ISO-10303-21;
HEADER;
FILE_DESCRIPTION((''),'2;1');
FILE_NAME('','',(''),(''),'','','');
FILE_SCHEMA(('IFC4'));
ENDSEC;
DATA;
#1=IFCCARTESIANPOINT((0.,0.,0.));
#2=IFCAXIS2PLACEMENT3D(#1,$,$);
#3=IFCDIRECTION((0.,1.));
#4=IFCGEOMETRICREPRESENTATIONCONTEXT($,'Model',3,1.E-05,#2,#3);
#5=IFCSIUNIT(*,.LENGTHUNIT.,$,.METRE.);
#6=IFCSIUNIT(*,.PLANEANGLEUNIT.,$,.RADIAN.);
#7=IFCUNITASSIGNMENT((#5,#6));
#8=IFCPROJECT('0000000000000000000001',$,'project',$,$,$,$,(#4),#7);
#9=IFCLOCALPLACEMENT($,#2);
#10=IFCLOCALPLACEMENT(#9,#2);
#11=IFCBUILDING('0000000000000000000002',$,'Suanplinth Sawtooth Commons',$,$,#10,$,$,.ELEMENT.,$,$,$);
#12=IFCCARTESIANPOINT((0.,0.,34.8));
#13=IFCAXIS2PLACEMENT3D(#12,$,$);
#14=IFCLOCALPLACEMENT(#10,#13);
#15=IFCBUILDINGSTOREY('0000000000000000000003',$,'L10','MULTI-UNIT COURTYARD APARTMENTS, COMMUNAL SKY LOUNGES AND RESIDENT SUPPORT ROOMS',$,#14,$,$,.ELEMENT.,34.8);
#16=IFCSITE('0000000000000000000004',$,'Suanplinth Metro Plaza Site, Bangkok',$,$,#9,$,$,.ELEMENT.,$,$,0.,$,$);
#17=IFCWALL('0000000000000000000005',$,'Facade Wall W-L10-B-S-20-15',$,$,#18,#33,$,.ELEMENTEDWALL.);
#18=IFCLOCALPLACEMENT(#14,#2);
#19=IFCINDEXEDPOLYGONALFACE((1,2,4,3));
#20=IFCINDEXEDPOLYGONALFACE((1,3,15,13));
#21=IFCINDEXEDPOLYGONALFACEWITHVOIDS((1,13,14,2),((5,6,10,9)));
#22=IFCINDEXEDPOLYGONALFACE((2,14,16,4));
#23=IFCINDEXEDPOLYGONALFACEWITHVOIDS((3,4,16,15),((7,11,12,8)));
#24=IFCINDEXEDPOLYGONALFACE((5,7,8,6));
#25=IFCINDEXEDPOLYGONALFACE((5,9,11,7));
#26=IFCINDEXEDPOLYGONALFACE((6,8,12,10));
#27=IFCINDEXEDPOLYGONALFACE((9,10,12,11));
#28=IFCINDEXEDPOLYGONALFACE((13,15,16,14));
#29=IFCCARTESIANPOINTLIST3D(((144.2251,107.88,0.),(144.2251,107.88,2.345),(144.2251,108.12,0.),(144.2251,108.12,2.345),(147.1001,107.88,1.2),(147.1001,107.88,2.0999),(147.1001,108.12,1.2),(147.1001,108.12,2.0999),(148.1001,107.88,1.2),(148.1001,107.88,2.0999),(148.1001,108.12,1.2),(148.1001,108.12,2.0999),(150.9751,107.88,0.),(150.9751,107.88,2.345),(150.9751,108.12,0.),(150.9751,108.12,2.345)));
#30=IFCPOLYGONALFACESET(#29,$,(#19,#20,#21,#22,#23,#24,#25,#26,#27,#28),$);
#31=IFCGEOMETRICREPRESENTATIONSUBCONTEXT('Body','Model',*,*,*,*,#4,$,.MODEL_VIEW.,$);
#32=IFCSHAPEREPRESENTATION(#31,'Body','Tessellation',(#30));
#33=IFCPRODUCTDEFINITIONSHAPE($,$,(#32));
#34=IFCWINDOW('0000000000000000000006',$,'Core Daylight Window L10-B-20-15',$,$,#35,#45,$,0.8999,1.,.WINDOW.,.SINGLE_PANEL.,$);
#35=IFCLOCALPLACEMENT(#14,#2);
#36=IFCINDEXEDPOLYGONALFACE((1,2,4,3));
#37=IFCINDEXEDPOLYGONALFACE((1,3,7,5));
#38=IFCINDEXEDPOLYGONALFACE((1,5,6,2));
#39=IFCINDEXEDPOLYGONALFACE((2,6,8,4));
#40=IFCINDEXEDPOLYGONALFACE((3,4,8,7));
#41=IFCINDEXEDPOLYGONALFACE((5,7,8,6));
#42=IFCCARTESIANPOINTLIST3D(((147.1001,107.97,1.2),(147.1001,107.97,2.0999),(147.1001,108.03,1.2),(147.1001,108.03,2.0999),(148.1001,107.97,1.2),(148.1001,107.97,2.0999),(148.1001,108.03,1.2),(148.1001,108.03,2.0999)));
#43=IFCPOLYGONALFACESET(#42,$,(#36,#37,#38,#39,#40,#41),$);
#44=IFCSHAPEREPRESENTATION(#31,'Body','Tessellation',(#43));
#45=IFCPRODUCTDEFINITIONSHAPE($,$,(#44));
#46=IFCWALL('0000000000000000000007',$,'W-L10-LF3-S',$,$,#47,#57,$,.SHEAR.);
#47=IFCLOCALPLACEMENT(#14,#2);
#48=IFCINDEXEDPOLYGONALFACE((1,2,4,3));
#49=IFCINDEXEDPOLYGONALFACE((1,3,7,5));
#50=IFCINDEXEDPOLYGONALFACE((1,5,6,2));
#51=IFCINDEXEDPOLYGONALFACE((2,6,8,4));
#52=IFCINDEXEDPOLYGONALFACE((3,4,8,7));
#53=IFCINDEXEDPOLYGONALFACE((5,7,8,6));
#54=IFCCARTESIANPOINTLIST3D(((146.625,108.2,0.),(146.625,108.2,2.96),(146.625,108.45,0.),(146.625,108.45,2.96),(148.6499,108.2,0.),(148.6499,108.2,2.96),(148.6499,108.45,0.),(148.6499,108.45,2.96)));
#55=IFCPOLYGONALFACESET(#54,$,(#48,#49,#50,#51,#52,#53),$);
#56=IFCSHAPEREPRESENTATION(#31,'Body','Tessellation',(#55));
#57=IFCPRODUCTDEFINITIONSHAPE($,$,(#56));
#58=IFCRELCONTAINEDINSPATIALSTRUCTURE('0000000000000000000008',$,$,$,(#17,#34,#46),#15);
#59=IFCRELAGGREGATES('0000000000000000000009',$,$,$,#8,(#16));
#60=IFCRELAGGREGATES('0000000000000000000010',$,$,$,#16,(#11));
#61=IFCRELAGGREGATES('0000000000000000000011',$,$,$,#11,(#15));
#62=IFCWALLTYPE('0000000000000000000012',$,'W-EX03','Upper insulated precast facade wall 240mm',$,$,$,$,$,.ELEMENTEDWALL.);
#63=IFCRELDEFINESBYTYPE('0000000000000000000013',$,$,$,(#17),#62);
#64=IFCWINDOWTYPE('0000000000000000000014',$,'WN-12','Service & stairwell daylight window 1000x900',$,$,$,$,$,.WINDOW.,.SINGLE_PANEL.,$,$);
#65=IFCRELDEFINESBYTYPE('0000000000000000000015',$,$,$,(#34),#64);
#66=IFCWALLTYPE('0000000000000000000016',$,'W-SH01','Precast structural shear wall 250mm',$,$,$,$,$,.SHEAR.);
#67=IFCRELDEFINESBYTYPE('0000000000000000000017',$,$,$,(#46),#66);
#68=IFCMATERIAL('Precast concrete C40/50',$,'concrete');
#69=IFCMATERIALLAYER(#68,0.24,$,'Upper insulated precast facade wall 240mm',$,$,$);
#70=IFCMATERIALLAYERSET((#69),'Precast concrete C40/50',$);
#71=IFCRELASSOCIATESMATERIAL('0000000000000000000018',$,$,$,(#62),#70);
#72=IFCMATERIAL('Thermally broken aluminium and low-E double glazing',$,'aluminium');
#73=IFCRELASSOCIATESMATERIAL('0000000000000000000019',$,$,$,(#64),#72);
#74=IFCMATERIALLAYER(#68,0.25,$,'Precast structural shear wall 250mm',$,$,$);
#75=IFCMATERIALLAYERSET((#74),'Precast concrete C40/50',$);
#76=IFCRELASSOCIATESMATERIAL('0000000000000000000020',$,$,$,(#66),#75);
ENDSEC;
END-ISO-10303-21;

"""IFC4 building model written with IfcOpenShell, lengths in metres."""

from ifc_helpers import new_model, si_unit, direction, frame, frame_2d, origin, place, context, subcontext, project, spatial, rectangle, extrude, material, layer, layer_set, type_object, element, fill, save


model = new_model("IFC4")

# Units and contexts
model_context = context("Model", 3, precision=1e-05, world=origin(), true_north=direction((0.0, 1.0)))
body_context = subcontext(model_context, "Body", "Model", "MODEL_VIEW")
ifc_project = project(units=[si_unit("LENGTHUNIT", "METRE"), si_unit("PLANEANGLEUNIT", "RADIAN")], contexts=[model_context])

# Site, building, storey
site_placement = place(None, origin())
site = spatial("IfcSite", under=ifc_project, at=site_placement, Name="Suanplinth Metro Plaza Site, Bangkok", CompositionType="ELEMENT", RefElevation=0.0)
building_placement = place(site_placement, origin())
building = spatial("IfcBuilding", under=site, at=building_placement, Name="Suanplinth Sawtooth Commons", CompositionType="ELEMENT")
storey_placement = place(building_placement, frame((0.0, 0.0, 34.8)))
storey = spatial("IfcBuildingStorey", under=building, at=storey_placement, Name="L10", Description="MULTI-UNIT COURTYARD APARTMENTS, COMMUNAL SKY LOUNGES AND RESIDENT SUPPORT ROOMS", CompositionType="ELEMENT", Elevation=34.8)

# Shared definitions
ifc_material_1 = material(Name="Precast concrete C40/50", Category="concrete")

# Wall, opening, window
ifc_layer_1 = layer(ifc_material_1, 0.24, Name="Upper insulated precast facade wall 240mm")
ifc_layer_set_1 = layer_set([ifc_layer_1], Name="Precast concrete C40/50")
wall_type_1 = type_object("IfcWallType", Name="W-EX03", Description="Upper insulated precast facade wall 240mm", PredefinedType="ELEMENTEDWALL", material=ifc_layer_set_1)
wall_1_placement = place(storey_placement, frame((144.2251, 108.0, 0.0), z_axis=(0.0, 0.0, 1.0), x_axis=(1.0, 0.0, 0.0)))
wall_1 = element("IfcWall", 1, at=wall_1_placement, inside=storey, type_object=wall_type_1, Name="Facade Wall W-L10-B-S-20-15", PredefinedType="ELEMENTEDWALL", context=body_context, shape_type="SweptSolid", body=[
    extrude(rectangle(XDim=6.75, YDim=0.24, at=frame_2d((3.375, 0.0))), origin(), (0.0, 0.0, 1.0), 2.345),
])
opening_placement = place(wall_1_placement, frame((2.875, 0.0, 1.2)))
opening = element("IfcOpeningElement", 2, at=opening_placement, cuts=wall_1, PredefinedType="OPENING", context=body_context, shape_type="SweptSolid", body=[
    extrude(rectangle(XDim=1.0, YDim=0.8999, at=frame_2d((0.5, 0.45))), frame((0.0, 0.1348, 0.0), z_axis=(0.0, -1.0, 0.0), x_axis=(1.0, 0.0, 0.0)), (0.0, 0.0, 1.0), 0.2698),
])
ifc_material_2 = material(Name="Thermally broken aluminium and low-E double glazing", Category="aluminium")
window_type = type_object("IfcWindowType", Name="WN-12", Description="Service & stairwell daylight window 1000x900", PartitioningType="SINGLE_PANEL", PredefinedType="WINDOW", material=ifc_material_2)
window_placement = place(opening_placement, origin())
window = element("IfcWindow", 3, at=window_placement, inside=storey, type_object=window_type, Name="Core Daylight Window L10-B-20-15", OverallHeight=0.8999, OverallWidth=1.0, PartitioningType="SINGLE_PANEL", PredefinedType="WINDOW", context=body_context, shape_type="SweptSolid", body=[
    extrude(rectangle(XDim=1.0, YDim=0.8999, at=frame_2d((0.5, 0.45))), frame((0.0, 0.03, 0.0), z_axis=(0.0, -1.0, 0.0), x_axis=(1.0, 0.0, 0.0)), (0.0, 0.0, 1.0), 0.0601),
])
fill(opening, window)

# Wall
ifc_layer_2 = layer(ifc_material_1, 0.25, Name="Precast structural shear wall 250mm")
ifc_layer_set_2 = layer_set([ifc_layer_2], Name="Precast concrete C40/50")
wall_type_2 = type_object("IfcWallType", Name="W-SH01", Description="Precast structural shear wall 250mm", PredefinedType="SHEAR", material=ifc_layer_set_2)
wall_2_placement = place(storey_placement, frame((146.625, 108.325, 0.0), z_axis=(0.0, 0.0, 1.0), x_axis=(1.0, 0.0, 0.0)))
element("IfcWall", 4, at=wall_2_placement, inside=storey, type_object=wall_type_2, Name="W-L10-LF3-S", PredefinedType="SHEAR", context=body_context, shape_type="SweptSolid", body=[
    extrude(rectangle(XDim=2.0249, YDim=0.25, at=frame_2d((1.0125, 0.0))), origin(), (0.0, 0.0, 1.0), 2.96),
])

save(model, "model.ifc")
